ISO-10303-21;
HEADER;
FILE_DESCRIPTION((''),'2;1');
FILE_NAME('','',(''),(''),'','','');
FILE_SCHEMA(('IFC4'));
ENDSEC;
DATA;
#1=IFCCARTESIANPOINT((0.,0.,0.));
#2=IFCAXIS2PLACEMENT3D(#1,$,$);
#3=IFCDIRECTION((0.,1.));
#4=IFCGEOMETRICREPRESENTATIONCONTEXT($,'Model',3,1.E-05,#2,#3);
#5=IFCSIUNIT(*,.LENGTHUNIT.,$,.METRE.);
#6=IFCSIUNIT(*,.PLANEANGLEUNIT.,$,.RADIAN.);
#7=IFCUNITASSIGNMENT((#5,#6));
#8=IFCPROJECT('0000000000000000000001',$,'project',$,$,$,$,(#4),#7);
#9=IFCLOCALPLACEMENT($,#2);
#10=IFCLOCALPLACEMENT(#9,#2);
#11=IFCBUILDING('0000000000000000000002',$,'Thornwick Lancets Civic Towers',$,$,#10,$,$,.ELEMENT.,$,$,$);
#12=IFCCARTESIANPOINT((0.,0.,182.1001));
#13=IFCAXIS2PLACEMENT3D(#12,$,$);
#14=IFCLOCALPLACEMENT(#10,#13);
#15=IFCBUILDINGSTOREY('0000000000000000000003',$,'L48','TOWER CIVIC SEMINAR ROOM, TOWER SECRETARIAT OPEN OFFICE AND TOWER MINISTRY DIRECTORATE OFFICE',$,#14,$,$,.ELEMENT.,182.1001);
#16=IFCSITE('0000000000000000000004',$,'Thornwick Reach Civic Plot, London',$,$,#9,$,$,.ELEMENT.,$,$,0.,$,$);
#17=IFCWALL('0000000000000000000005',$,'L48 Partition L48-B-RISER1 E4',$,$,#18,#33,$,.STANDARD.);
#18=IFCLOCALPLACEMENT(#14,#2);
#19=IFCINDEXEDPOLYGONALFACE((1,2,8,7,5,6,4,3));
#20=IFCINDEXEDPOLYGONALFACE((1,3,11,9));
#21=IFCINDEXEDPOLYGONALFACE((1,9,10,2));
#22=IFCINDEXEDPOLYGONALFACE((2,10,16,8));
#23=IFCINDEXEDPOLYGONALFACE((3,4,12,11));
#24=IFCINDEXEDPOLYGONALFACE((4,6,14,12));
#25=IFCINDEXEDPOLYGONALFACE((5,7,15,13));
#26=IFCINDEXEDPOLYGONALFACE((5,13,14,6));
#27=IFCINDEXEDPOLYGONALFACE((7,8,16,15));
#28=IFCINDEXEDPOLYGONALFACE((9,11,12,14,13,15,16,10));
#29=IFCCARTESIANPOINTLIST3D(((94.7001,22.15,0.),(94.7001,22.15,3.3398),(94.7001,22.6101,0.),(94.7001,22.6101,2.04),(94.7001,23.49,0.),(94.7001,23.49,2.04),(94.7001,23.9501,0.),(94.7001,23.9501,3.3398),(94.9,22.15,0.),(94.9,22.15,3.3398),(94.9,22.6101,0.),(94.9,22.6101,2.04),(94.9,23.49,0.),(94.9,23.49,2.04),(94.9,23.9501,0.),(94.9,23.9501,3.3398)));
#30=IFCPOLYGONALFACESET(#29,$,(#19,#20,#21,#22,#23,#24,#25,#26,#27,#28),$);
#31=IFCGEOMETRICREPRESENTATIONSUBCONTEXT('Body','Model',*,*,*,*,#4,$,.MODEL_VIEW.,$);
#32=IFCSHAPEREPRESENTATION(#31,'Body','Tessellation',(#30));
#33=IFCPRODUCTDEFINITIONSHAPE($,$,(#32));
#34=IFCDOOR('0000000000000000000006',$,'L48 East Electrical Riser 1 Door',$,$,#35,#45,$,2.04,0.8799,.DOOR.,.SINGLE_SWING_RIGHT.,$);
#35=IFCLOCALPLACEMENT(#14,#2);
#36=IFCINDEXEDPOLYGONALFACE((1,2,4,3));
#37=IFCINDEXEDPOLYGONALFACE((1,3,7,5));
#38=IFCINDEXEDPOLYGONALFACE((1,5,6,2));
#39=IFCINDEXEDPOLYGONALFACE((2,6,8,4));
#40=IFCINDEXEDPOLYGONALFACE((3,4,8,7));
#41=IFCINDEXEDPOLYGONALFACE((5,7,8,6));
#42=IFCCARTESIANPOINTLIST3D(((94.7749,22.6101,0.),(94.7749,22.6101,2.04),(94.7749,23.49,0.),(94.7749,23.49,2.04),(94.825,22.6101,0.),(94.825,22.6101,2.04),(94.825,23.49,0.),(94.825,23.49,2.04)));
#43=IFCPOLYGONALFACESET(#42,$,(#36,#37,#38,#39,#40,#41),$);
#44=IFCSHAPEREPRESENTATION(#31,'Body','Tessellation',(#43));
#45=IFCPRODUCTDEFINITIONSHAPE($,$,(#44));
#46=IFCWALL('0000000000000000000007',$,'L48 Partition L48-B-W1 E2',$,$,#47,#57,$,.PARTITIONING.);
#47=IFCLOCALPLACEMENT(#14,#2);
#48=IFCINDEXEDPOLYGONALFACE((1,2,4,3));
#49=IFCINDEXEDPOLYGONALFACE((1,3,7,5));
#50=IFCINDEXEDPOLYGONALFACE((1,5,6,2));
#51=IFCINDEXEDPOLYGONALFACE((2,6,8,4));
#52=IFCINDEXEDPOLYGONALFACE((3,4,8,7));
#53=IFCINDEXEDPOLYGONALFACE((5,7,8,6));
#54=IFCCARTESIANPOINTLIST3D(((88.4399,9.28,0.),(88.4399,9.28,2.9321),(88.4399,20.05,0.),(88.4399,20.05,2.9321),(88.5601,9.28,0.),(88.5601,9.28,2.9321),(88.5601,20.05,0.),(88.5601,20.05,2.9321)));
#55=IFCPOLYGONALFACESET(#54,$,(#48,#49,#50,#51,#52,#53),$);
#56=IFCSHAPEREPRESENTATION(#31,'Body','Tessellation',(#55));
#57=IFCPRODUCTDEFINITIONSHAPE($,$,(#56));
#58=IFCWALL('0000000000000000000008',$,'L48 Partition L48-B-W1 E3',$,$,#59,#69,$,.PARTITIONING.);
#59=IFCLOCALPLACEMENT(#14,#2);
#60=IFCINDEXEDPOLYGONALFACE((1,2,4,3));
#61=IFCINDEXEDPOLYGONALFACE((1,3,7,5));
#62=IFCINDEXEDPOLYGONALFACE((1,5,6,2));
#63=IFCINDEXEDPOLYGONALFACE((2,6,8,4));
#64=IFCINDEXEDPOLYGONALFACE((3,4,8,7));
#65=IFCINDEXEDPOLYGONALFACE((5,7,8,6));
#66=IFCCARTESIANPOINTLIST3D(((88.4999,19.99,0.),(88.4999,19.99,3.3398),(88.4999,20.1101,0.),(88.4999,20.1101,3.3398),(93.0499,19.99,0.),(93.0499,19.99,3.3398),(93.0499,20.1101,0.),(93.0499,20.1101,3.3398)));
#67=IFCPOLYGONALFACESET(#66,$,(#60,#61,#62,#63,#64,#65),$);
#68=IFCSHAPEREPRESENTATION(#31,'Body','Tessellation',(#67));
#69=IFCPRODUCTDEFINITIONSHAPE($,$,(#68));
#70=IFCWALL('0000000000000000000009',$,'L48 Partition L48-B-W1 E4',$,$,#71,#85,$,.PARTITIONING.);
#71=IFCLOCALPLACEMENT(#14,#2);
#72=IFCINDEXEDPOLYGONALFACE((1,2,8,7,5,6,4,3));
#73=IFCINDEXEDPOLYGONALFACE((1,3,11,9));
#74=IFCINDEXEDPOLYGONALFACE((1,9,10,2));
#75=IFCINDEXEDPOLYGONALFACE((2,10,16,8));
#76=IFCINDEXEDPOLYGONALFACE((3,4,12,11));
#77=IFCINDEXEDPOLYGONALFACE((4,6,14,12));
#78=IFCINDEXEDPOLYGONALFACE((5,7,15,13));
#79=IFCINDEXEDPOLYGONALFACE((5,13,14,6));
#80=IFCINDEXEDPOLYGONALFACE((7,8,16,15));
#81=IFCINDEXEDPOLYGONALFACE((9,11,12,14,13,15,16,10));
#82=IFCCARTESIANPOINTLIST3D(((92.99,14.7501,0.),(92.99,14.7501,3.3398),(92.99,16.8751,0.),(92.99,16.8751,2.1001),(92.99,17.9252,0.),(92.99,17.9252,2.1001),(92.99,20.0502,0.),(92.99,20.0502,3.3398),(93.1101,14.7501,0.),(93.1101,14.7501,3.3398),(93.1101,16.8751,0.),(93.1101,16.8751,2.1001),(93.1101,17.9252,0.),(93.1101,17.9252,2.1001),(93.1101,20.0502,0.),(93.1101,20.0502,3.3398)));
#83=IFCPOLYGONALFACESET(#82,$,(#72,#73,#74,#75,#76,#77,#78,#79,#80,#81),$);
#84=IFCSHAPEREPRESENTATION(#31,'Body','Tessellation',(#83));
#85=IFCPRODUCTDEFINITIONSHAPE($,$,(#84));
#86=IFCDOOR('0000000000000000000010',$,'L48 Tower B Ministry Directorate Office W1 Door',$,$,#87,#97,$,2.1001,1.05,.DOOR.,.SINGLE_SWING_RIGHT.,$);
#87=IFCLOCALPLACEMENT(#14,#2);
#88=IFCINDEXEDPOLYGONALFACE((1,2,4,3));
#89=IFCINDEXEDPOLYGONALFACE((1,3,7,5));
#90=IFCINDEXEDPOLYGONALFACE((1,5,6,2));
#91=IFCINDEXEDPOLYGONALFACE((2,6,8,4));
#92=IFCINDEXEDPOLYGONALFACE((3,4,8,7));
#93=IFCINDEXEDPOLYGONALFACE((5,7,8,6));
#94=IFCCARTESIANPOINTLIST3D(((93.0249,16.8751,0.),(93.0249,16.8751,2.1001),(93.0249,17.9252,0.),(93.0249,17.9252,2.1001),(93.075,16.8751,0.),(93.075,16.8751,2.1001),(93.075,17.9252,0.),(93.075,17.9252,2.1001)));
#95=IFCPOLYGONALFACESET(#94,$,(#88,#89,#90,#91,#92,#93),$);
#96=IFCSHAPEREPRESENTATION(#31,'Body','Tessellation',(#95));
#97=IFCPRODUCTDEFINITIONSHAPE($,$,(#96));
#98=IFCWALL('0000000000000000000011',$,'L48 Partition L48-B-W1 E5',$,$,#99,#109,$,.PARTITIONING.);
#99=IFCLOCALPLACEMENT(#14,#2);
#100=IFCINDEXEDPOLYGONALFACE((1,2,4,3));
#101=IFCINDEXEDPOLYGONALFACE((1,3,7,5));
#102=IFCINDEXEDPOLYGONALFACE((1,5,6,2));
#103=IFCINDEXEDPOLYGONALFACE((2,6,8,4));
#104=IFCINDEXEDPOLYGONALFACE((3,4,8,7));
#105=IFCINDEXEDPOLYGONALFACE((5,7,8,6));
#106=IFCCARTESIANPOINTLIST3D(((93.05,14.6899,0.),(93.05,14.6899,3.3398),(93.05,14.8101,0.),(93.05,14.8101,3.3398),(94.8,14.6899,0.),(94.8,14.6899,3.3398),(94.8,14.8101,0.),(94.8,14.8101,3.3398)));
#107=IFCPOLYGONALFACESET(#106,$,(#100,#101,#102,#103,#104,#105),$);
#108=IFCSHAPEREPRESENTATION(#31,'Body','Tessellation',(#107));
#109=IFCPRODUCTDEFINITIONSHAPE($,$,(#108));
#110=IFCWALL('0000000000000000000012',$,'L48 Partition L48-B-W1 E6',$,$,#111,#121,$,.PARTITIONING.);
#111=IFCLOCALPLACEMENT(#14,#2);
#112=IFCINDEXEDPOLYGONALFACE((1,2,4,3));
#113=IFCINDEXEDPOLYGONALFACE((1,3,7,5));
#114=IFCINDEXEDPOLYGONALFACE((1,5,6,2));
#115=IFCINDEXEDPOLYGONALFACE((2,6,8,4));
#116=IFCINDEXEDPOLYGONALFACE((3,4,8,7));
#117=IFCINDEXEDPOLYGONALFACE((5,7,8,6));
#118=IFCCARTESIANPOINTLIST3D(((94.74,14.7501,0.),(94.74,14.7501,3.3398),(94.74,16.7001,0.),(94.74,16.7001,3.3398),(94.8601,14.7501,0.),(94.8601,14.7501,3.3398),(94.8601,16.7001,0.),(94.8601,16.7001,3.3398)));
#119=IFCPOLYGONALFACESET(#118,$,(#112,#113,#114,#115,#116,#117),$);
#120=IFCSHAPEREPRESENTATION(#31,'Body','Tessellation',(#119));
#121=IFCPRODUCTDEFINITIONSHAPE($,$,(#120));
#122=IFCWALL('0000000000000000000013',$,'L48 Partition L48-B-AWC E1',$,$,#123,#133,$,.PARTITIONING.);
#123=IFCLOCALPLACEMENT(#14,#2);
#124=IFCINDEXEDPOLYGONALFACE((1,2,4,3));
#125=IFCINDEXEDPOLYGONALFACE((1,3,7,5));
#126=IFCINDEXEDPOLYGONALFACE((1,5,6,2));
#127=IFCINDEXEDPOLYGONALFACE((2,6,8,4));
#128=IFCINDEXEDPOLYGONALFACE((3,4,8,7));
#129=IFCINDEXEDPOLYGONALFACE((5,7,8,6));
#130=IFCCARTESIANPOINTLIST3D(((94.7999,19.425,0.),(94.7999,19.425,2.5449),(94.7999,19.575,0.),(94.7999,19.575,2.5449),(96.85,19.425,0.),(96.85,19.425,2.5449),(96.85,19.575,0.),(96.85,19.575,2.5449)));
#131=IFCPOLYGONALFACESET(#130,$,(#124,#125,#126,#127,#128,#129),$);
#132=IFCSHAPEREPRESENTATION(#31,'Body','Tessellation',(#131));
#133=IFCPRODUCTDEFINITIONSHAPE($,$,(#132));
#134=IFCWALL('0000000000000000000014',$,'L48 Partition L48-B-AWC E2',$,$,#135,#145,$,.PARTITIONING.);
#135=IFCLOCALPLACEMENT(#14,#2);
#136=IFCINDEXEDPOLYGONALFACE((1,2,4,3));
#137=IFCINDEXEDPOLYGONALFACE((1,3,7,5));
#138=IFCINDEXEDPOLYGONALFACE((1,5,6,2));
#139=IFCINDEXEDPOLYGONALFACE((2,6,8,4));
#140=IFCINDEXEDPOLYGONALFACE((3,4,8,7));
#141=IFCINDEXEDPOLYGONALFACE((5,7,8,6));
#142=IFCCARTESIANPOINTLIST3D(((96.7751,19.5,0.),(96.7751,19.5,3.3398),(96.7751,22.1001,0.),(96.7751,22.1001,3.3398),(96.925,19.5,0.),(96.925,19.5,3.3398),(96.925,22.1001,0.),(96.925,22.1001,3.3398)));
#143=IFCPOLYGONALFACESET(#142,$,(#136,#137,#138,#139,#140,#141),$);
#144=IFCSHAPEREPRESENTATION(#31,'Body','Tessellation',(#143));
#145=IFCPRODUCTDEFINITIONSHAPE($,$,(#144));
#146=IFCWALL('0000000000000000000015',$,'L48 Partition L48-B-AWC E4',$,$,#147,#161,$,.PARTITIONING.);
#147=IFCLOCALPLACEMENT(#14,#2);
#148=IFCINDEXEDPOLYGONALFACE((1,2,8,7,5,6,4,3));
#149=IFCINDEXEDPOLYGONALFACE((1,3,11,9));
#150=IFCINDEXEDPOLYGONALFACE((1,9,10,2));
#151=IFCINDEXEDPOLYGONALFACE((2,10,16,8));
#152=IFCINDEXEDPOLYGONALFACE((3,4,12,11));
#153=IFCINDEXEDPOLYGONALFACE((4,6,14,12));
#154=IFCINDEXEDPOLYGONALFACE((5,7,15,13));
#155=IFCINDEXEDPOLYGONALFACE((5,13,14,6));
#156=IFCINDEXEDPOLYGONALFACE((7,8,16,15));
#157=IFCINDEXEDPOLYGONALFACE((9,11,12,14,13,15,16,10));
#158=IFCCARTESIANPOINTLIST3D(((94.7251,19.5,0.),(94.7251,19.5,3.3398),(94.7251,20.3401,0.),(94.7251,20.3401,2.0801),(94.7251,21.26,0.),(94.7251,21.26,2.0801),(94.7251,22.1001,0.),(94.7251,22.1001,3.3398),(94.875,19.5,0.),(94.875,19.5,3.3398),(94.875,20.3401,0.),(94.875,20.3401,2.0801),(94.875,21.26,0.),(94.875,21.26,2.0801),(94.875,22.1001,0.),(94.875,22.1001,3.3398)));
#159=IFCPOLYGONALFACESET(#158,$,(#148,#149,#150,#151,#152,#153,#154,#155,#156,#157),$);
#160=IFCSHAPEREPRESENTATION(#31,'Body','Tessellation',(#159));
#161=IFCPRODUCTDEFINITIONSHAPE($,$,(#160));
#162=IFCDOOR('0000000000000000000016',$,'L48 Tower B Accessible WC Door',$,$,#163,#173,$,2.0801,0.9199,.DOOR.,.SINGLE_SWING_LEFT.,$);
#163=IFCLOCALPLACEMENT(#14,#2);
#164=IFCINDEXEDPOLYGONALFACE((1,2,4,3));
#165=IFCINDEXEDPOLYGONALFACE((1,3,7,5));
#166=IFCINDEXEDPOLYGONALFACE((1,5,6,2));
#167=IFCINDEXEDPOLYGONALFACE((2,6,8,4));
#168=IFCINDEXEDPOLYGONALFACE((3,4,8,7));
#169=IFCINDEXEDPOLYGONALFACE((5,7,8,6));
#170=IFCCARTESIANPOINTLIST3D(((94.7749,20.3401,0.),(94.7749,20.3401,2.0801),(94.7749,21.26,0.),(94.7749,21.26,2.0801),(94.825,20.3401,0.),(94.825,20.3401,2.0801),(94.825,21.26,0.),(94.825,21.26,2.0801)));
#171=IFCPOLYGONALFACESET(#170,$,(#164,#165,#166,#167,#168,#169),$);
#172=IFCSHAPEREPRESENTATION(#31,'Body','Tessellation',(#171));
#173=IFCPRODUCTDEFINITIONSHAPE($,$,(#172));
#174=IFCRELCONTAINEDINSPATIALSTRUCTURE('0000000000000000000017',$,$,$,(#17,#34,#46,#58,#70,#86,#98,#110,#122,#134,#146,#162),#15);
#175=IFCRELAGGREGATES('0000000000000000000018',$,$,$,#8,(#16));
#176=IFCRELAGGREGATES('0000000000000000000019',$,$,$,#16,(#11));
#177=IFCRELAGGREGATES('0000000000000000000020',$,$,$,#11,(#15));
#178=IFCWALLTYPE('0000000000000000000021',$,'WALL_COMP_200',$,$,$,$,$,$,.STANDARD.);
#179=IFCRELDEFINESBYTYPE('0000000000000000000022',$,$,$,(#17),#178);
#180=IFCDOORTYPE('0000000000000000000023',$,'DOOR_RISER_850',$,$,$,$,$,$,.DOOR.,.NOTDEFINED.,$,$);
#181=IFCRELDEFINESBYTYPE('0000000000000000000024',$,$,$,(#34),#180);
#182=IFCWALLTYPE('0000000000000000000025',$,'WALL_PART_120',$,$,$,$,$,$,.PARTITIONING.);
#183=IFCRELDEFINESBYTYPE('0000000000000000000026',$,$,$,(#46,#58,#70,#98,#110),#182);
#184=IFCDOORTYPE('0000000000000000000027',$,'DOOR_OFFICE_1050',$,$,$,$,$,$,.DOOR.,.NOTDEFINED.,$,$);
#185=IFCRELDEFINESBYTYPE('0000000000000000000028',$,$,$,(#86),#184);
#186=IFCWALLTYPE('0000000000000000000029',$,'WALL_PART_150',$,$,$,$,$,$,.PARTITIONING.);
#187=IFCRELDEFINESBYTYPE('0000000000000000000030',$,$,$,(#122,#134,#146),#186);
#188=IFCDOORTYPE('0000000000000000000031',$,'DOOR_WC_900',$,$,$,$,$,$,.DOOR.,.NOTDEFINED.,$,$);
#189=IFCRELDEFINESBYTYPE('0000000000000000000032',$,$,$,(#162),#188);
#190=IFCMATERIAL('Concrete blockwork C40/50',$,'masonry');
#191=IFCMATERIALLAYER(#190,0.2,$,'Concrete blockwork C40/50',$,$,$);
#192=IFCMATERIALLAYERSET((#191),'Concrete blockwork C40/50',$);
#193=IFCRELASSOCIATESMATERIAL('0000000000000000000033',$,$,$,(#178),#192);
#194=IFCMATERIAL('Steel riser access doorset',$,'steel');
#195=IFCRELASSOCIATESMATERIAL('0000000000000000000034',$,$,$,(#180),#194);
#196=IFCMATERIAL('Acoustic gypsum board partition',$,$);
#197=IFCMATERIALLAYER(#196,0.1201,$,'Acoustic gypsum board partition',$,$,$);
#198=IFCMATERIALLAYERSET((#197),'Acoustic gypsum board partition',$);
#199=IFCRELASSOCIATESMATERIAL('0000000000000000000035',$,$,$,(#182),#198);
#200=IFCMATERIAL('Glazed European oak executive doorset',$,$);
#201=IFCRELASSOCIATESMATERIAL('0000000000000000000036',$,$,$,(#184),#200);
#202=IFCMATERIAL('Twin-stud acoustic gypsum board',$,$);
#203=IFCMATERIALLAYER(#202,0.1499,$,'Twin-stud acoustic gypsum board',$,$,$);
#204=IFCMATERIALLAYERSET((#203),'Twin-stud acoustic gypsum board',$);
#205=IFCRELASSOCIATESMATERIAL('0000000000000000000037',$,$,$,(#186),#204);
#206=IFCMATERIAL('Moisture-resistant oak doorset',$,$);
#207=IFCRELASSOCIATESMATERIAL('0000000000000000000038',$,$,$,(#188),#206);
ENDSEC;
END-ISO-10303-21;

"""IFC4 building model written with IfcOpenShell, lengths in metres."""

from ifc_helpers import new_model, si_unit, direction, frame, frame_2d, origin, place, context, subcontext, project, spatial, rectangle, extrude, material, layer, layer_set, type_object, element, fill, save


model = new_model("IFC4")

# Units and contexts
model_context = context("Model", 3, precision=1e-05, world=origin(), true_north=direction((0.0, 1.0)))
body_context = subcontext(model_context, "Body", "Model", "MODEL_VIEW")
ifc_project = project(units=[si_unit("LENGTHUNIT", "METRE"), si_unit("PLANEANGLEUNIT", "RADIAN")], contexts=[model_context])

# Site, building, storey
site_placement = place(None, origin())
site = spatial("IfcSite", under=ifc_project, at=site_placement, Name="Thornwick Reach Civic Plot, London", CompositionType="ELEMENT", RefElevation=0.0)
building_placement = place(site_placement, origin())
building = spatial("IfcBuilding", under=site, at=building_placement, Name="Thornwick Lancets Civic Towers", CompositionType="ELEMENT")
storey_placement = place(building_placement, frame((0.0, 0.0, 182.1001)))
storey = spatial("IfcBuildingStorey", under=building, at=storey_placement, Name="L48", Description="TOWER CIVIC SEMINAR ROOM, TOWER SECRETARIAT OPEN OFFICE AND TOWER MINISTRY DIRECTORATE OFFICE", CompositionType="ELEMENT", Elevation=182.1001)

# Shared definitions
ifc_material_1 = material(Name="Concrete blockwork C40/50", Category="masonry")
ifc_layer_1 = layer(ifc_material_1, 0.2, Name="Concrete blockwork C40/50")
ifc_layer_set_1 = layer_set([ifc_layer_1], Name="Concrete blockwork C40/50")
wall_type_1 = type_object("IfcWallType", Name="WALL_COMP_200", PredefinedType="STANDARD", material=ifc_layer_set_1)

# Wall, opening, door
wall_1_placement = place(storey_placement, frame((94.8, 23.95, 0.0), z_axis=(0.0, 0.0, 1.0), x_axis=(0.0, -1.0, 0.0)))
wall_1 = element("IfcWall", 1, at=wall_1_placement, inside=storey, type_object=wall_type_1, Name="L48 Partition L48-B-RISER1 E4", PredefinedType="STANDARD", context=body_context, shape_type="SweptSolid", body=[
    extrude(rectangle(XDim=1.8, YDim=0.2, at=frame_2d((0.8999, 0.0))), origin(), (0.0, 0.0, 1.0), 3.3398),
])
opening_1_placement = place(wall_1_placement, frame((0.46, 0.0, 0.0)))
opening_1 = element("IfcOpeningElement", 2, at=opening_1_placement, cuts=wall_1, PredefinedType="OPENING", context=body_context, shape_type="SweptSolid", body=[
    extrude(rectangle(XDim=0.8799, YDim=2.04, at=frame_2d((0.4399, 1.02))), frame((0.0, 0.1099, 0.0), z_axis=(0.0, -1.0, 0.0), x_axis=(1.0, 0.0, 0.0)), (0.0, 0.0, 1.0), 0.22),
])
ifc_material_2 = material(Name="Steel riser access doorset", Category="steel")
door_type_1 = type_object("IfcDoorType", Name="DOOR_RISER_850", OperationType="NOTDEFINED", PredefinedType="DOOR", material=ifc_material_2)
door_1_placement = place(opening_1_placement, origin())
door_1 = element("IfcDoor", 3, at=door_1_placement, inside=storey, type_object=door_type_1, Name="L48 East Electrical Riser 1 Door", OperationType="SINGLE_SWING_RIGHT", OverallHeight=2.04, OverallWidth=0.8799, PredefinedType="DOOR", context=body_context, shape_type="SweptSolid", body=[
    extrude(rectangle(XDim=0.8799, YDim=2.04, at=frame_2d((0.4399, 1.02))), frame((0.0, 0.0249, 0.0), z_axis=(0.0, -1.0, 0.0), x_axis=(1.0, 0.0, 0.0)), (0.0, 0.0, 1.0), 0.05),
])
fill(opening_1, door_1)

# Walls
ifc_material_3 = material(Name="Acoustic gypsum board partition")
ifc_layer_2 = layer(ifc_material_3, 0.1201, Name="Acoustic gypsum board partition")
ifc_layer_set_2 = layer_set([ifc_layer_2], Name="Acoustic gypsum board partition")
wall_type_2 = type_object("IfcWallType", Name="WALL_PART_120", PredefinedType="PARTITIONING", material=ifc_layer_set_2)
wall_2_placement = place(storey_placement, frame((88.5, 9.28, 0.0), z_axis=(0.0, 0.0, 1.0), x_axis=(0.0, 1.0, 0.0)))
element("IfcWall", 4, at=wall_2_placement, inside=storey, type_object=wall_type_2, Name="L48 Partition L48-B-W1 E2", PredefinedType="PARTITIONING", context=body_context, shape_type="SweptSolid", body=[
    extrude(rectangle(XDim=10.77, YDim=0.1201, at=frame_2d((5.385, 0.0))), origin(), (0.0, 0.0, 1.0), 2.9321),
])
wall_3_placement = place(storey_placement, frame((88.5, 20.05, 0.0), z_axis=(0.0, 0.0, 1.0), x_axis=(1.0, 0.0, 0.0)))
element("IfcWall", 5, at=wall_3_placement, inside=storey, type_object=wall_type_2, Name="L48 Partition L48-B-W1 E3", PredefinedType="PARTITIONING", context=body_context, shape_type="SweptSolid", body=[
    extrude(rectangle(XDim=4.55, YDim=0.1201, at=frame_2d((2.2749, 0.0))), origin(), (0.0, 0.0, 1.0), 3.3398),
])

# Wall, opening, door
wall_4_placement = place(storey_placement, frame((93.05, 20.05, 0.0), z_axis=(0.0, 0.0, 1.0), x_axis=(0.0, -1.0, 0.0)))
wall_4 = element("IfcWall", 6, at=wall_4_placement, inside=storey, type_object=wall_type_2, Name="L48 Partition L48-B-W1 E4", PredefinedType="PARTITIONING", context=body_context, shape_type="SweptSolid", body=[
    extrude(rectangle(XDim=5.3, YDim=0.1201, at=frame_2d((2.6499, 0.0))), origin(), (0.0, 0.0, 1.0), 3.3398),
])
opening_2_placement = place(wall_4_placement, frame((2.125, 0.0, 0.0)))
opening_2 = element("IfcOpeningElement", 7, at=opening_2_placement, cuts=wall_4, PredefinedType="OPENING", context=body_context, shape_type="SweptSolid", body=[
    extrude(rectangle(XDim=1.05, YDim=2.1001, at=frame_2d((0.5249, 1.05))), frame((0.0, 0.0701, 0.0), z_axis=(0.0, -1.0, 0.0), x_axis=(1.0, 0.0, 0.0)), (0.0, 0.0, 1.0), 0.1401),
])
ifc_material_4 = material(Name="Glazed European oak executive doorset")
door_type_2 = type_object("IfcDoorType", Name="DOOR_OFFICE_1050", OperationType="NOTDEFINED", PredefinedType="DOOR", material=ifc_material_4)
door_2_placement = place(opening_2_placement, origin())
door_2 = element("IfcDoor", 8, at=door_2_placement, inside=storey, type_object=door_type_2, Name="L48 Tower B Ministry Directorate Office W1 Door", OperationType="SINGLE_SWING_RIGHT", OverallHeight=2.1001, OverallWidth=1.05, PredefinedType="DOOR", context=body_context, shape_type="SweptSolid", body=[
    extrude(rectangle(XDim=1.05, YDim=2.1001, at=frame_2d((0.5249, 1.05))), frame((0.0, 0.0249, 0.0), z_axis=(0.0, -1.0, 0.0), x_axis=(1.0, 0.0, 0.0)), (0.0, 0.0, 1.0), 0.05),
])
fill(opening_2, door_2)

# Walls
wall_5_placement = place(storey_placement, frame((93.05, 14.75, 0.0), z_axis=(0.0, 0.0, 1.0), x_axis=(1.0, 0.0, 0.0)))
element("IfcWall", 9, at=wall_5_placement, inside=storey, type_object=wall_type_2, Name="L48 Partition L48-B-W1 E5", PredefinedType="PARTITIONING", context=body_context, shape_type="SweptSolid", body=[
    extrude(rectangle(XDim=1.75, YDim=0.1201, at=frame_2d((0.875, 0.0))), origin(), (0.0, 0.0, 1.0), 3.3398),
])
wall_6_placement = place(storey_placement, frame((94.8, 14.75, 0.0), z_axis=(0.0, 0.0, 1.0), x_axis=(0.0, 1.0, 0.0)))
element("IfcWall", 10, at=wall_6_placement, inside=storey, type_object=wall_type_2, Name="L48 Partition L48-B-W1 E6", PredefinedType="PARTITIONING", context=body_context, shape_type="SweptSolid", body=[
    extrude(rectangle(XDim=1.95, YDim=0.1201, at=frame_2d((0.9751, 0.0))), origin(), (0.0, 0.0, 1.0), 3.3398),
])
ifc_material_5 = material(Name="Twin-stud acoustic gypsum board")
ifc_layer_3 = layer(ifc_material_5, 0.1499, Name="Twin-stud acoustic gypsum board")
ifc_layer_set_3 = layer_set([ifc_layer_3], Name="Twin-stud acoustic gypsum board")
wall_type_3 = type_object("IfcWallType", Name="WALL_PART_150", PredefinedType="PARTITIONING", material=ifc_layer_set_3)
wall_7_placement = place(storey_placement, frame((94.8, 19.5, 0.0), z_axis=(0.0, 0.0, 1.0), x_axis=(1.0, 0.0, 0.0)))
element("IfcWall", 11, at=wall_7_placement, inside=storey, type_object=wall_type_3, Name="L48 Partition L48-B-AWC E1", PredefinedType="PARTITIONING", context=body_context, shape_type="SweptSolid", body=[
    extrude(rectangle(XDim=2.05, YDim=0.1499, at=frame_2d((1.0249, 0.0))), origin(), (0.0, 0.0, 1.0), 2.5449),
])
wall_8_placement = place(storey_placement, frame((96.8501, 19.5, 0.0), z_axis=(0.0, 0.0, 1.0), x_axis=(0.0, 1.0, 0.0)))
element("IfcWall", 12, at=wall_8_placement, inside=storey, type_object=wall_type_3, Name="L48 Partition L48-B-AWC E2", PredefinedType="PARTITIONING", context=body_context, shape_type="SweptSolid", body=[
    extrude(rectangle(XDim=2.6001, YDim=0.1499, at=frame_2d((1.3, 0.0))), origin(), (0.0, 0.0, 1.0), 3.3398),
])

# Wall, opening, door
wall_9_placement = place(storey_placement, frame((94.8, 22.1001, 0.0), z_axis=(0.0, 0.0, 1.0), x_axis=(0.0, -1.0, 0.0)))
wall_9 = element("IfcWall", 13, at=wall_9_placement, inside=storey, type_object=wall_type_3, Name="L48 Partition L48-B-AWC E4", PredefinedType="PARTITIONING", context=body_context, shape_type="SweptSolid", body=[
    extrude(rectangle(XDim=2.6001, YDim=0.1499, at=frame_2d((1.3, 0.0))), origin(), (0.0, 0.0, 1.0), 3.3398),
])
opening_3_placement = place(wall_9_placement, frame((0.8401, 0.0, 0.0)))
opening_3 = element("IfcOpeningElement", 14, at=opening_3_placement, cuts=wall_9, PredefinedType="OPENING", context=body_context, shape_type="SweptSolid", body=[
    extrude(rectangle(XDim=0.9199, YDim=2.0801, at=frame_2d((0.46, 1.04))), frame((0.0, 0.085, 0.0), z_axis=(0.0, -1.0, 0.0), x_axis=(1.0, 0.0, 0.0)), (0.0, 0.0, 1.0), 0.1699),
])
ifc_material_6 = material(Name="Moisture-resistant oak doorset")
door_type_3 = type_object("IfcDoorType", Name="DOOR_WC_900", OperationType="NOTDEFINED", PredefinedType="DOOR", material=ifc_material_6)
door_3_placement = place(opening_3_placement, origin())
door_3 = element("IfcDoor", 15, at=door_3_placement, inside=storey, type_object=door_type_3, Name="L48 Tower B Accessible WC Door", OperationType="SINGLE_SWING_LEFT", OverallHeight=2.0801, OverallWidth=0.9199, PredefinedType="DOOR", context=body_context, shape_type="SweptSolid", body=[
    extrude(rectangle(XDim=0.9199, YDim=2.0801, at=frame_2d((0.46, 1.04))), frame((0.0, 0.0249, 0.0), z_axis=(0.0, -1.0, 0.0), x_axis=(1.0, 0.0, 0.0)), (0.0, 0.0, 1.0), 0.05),
])
fill(opening_3, door_3)

save(model, "model.ifc")
